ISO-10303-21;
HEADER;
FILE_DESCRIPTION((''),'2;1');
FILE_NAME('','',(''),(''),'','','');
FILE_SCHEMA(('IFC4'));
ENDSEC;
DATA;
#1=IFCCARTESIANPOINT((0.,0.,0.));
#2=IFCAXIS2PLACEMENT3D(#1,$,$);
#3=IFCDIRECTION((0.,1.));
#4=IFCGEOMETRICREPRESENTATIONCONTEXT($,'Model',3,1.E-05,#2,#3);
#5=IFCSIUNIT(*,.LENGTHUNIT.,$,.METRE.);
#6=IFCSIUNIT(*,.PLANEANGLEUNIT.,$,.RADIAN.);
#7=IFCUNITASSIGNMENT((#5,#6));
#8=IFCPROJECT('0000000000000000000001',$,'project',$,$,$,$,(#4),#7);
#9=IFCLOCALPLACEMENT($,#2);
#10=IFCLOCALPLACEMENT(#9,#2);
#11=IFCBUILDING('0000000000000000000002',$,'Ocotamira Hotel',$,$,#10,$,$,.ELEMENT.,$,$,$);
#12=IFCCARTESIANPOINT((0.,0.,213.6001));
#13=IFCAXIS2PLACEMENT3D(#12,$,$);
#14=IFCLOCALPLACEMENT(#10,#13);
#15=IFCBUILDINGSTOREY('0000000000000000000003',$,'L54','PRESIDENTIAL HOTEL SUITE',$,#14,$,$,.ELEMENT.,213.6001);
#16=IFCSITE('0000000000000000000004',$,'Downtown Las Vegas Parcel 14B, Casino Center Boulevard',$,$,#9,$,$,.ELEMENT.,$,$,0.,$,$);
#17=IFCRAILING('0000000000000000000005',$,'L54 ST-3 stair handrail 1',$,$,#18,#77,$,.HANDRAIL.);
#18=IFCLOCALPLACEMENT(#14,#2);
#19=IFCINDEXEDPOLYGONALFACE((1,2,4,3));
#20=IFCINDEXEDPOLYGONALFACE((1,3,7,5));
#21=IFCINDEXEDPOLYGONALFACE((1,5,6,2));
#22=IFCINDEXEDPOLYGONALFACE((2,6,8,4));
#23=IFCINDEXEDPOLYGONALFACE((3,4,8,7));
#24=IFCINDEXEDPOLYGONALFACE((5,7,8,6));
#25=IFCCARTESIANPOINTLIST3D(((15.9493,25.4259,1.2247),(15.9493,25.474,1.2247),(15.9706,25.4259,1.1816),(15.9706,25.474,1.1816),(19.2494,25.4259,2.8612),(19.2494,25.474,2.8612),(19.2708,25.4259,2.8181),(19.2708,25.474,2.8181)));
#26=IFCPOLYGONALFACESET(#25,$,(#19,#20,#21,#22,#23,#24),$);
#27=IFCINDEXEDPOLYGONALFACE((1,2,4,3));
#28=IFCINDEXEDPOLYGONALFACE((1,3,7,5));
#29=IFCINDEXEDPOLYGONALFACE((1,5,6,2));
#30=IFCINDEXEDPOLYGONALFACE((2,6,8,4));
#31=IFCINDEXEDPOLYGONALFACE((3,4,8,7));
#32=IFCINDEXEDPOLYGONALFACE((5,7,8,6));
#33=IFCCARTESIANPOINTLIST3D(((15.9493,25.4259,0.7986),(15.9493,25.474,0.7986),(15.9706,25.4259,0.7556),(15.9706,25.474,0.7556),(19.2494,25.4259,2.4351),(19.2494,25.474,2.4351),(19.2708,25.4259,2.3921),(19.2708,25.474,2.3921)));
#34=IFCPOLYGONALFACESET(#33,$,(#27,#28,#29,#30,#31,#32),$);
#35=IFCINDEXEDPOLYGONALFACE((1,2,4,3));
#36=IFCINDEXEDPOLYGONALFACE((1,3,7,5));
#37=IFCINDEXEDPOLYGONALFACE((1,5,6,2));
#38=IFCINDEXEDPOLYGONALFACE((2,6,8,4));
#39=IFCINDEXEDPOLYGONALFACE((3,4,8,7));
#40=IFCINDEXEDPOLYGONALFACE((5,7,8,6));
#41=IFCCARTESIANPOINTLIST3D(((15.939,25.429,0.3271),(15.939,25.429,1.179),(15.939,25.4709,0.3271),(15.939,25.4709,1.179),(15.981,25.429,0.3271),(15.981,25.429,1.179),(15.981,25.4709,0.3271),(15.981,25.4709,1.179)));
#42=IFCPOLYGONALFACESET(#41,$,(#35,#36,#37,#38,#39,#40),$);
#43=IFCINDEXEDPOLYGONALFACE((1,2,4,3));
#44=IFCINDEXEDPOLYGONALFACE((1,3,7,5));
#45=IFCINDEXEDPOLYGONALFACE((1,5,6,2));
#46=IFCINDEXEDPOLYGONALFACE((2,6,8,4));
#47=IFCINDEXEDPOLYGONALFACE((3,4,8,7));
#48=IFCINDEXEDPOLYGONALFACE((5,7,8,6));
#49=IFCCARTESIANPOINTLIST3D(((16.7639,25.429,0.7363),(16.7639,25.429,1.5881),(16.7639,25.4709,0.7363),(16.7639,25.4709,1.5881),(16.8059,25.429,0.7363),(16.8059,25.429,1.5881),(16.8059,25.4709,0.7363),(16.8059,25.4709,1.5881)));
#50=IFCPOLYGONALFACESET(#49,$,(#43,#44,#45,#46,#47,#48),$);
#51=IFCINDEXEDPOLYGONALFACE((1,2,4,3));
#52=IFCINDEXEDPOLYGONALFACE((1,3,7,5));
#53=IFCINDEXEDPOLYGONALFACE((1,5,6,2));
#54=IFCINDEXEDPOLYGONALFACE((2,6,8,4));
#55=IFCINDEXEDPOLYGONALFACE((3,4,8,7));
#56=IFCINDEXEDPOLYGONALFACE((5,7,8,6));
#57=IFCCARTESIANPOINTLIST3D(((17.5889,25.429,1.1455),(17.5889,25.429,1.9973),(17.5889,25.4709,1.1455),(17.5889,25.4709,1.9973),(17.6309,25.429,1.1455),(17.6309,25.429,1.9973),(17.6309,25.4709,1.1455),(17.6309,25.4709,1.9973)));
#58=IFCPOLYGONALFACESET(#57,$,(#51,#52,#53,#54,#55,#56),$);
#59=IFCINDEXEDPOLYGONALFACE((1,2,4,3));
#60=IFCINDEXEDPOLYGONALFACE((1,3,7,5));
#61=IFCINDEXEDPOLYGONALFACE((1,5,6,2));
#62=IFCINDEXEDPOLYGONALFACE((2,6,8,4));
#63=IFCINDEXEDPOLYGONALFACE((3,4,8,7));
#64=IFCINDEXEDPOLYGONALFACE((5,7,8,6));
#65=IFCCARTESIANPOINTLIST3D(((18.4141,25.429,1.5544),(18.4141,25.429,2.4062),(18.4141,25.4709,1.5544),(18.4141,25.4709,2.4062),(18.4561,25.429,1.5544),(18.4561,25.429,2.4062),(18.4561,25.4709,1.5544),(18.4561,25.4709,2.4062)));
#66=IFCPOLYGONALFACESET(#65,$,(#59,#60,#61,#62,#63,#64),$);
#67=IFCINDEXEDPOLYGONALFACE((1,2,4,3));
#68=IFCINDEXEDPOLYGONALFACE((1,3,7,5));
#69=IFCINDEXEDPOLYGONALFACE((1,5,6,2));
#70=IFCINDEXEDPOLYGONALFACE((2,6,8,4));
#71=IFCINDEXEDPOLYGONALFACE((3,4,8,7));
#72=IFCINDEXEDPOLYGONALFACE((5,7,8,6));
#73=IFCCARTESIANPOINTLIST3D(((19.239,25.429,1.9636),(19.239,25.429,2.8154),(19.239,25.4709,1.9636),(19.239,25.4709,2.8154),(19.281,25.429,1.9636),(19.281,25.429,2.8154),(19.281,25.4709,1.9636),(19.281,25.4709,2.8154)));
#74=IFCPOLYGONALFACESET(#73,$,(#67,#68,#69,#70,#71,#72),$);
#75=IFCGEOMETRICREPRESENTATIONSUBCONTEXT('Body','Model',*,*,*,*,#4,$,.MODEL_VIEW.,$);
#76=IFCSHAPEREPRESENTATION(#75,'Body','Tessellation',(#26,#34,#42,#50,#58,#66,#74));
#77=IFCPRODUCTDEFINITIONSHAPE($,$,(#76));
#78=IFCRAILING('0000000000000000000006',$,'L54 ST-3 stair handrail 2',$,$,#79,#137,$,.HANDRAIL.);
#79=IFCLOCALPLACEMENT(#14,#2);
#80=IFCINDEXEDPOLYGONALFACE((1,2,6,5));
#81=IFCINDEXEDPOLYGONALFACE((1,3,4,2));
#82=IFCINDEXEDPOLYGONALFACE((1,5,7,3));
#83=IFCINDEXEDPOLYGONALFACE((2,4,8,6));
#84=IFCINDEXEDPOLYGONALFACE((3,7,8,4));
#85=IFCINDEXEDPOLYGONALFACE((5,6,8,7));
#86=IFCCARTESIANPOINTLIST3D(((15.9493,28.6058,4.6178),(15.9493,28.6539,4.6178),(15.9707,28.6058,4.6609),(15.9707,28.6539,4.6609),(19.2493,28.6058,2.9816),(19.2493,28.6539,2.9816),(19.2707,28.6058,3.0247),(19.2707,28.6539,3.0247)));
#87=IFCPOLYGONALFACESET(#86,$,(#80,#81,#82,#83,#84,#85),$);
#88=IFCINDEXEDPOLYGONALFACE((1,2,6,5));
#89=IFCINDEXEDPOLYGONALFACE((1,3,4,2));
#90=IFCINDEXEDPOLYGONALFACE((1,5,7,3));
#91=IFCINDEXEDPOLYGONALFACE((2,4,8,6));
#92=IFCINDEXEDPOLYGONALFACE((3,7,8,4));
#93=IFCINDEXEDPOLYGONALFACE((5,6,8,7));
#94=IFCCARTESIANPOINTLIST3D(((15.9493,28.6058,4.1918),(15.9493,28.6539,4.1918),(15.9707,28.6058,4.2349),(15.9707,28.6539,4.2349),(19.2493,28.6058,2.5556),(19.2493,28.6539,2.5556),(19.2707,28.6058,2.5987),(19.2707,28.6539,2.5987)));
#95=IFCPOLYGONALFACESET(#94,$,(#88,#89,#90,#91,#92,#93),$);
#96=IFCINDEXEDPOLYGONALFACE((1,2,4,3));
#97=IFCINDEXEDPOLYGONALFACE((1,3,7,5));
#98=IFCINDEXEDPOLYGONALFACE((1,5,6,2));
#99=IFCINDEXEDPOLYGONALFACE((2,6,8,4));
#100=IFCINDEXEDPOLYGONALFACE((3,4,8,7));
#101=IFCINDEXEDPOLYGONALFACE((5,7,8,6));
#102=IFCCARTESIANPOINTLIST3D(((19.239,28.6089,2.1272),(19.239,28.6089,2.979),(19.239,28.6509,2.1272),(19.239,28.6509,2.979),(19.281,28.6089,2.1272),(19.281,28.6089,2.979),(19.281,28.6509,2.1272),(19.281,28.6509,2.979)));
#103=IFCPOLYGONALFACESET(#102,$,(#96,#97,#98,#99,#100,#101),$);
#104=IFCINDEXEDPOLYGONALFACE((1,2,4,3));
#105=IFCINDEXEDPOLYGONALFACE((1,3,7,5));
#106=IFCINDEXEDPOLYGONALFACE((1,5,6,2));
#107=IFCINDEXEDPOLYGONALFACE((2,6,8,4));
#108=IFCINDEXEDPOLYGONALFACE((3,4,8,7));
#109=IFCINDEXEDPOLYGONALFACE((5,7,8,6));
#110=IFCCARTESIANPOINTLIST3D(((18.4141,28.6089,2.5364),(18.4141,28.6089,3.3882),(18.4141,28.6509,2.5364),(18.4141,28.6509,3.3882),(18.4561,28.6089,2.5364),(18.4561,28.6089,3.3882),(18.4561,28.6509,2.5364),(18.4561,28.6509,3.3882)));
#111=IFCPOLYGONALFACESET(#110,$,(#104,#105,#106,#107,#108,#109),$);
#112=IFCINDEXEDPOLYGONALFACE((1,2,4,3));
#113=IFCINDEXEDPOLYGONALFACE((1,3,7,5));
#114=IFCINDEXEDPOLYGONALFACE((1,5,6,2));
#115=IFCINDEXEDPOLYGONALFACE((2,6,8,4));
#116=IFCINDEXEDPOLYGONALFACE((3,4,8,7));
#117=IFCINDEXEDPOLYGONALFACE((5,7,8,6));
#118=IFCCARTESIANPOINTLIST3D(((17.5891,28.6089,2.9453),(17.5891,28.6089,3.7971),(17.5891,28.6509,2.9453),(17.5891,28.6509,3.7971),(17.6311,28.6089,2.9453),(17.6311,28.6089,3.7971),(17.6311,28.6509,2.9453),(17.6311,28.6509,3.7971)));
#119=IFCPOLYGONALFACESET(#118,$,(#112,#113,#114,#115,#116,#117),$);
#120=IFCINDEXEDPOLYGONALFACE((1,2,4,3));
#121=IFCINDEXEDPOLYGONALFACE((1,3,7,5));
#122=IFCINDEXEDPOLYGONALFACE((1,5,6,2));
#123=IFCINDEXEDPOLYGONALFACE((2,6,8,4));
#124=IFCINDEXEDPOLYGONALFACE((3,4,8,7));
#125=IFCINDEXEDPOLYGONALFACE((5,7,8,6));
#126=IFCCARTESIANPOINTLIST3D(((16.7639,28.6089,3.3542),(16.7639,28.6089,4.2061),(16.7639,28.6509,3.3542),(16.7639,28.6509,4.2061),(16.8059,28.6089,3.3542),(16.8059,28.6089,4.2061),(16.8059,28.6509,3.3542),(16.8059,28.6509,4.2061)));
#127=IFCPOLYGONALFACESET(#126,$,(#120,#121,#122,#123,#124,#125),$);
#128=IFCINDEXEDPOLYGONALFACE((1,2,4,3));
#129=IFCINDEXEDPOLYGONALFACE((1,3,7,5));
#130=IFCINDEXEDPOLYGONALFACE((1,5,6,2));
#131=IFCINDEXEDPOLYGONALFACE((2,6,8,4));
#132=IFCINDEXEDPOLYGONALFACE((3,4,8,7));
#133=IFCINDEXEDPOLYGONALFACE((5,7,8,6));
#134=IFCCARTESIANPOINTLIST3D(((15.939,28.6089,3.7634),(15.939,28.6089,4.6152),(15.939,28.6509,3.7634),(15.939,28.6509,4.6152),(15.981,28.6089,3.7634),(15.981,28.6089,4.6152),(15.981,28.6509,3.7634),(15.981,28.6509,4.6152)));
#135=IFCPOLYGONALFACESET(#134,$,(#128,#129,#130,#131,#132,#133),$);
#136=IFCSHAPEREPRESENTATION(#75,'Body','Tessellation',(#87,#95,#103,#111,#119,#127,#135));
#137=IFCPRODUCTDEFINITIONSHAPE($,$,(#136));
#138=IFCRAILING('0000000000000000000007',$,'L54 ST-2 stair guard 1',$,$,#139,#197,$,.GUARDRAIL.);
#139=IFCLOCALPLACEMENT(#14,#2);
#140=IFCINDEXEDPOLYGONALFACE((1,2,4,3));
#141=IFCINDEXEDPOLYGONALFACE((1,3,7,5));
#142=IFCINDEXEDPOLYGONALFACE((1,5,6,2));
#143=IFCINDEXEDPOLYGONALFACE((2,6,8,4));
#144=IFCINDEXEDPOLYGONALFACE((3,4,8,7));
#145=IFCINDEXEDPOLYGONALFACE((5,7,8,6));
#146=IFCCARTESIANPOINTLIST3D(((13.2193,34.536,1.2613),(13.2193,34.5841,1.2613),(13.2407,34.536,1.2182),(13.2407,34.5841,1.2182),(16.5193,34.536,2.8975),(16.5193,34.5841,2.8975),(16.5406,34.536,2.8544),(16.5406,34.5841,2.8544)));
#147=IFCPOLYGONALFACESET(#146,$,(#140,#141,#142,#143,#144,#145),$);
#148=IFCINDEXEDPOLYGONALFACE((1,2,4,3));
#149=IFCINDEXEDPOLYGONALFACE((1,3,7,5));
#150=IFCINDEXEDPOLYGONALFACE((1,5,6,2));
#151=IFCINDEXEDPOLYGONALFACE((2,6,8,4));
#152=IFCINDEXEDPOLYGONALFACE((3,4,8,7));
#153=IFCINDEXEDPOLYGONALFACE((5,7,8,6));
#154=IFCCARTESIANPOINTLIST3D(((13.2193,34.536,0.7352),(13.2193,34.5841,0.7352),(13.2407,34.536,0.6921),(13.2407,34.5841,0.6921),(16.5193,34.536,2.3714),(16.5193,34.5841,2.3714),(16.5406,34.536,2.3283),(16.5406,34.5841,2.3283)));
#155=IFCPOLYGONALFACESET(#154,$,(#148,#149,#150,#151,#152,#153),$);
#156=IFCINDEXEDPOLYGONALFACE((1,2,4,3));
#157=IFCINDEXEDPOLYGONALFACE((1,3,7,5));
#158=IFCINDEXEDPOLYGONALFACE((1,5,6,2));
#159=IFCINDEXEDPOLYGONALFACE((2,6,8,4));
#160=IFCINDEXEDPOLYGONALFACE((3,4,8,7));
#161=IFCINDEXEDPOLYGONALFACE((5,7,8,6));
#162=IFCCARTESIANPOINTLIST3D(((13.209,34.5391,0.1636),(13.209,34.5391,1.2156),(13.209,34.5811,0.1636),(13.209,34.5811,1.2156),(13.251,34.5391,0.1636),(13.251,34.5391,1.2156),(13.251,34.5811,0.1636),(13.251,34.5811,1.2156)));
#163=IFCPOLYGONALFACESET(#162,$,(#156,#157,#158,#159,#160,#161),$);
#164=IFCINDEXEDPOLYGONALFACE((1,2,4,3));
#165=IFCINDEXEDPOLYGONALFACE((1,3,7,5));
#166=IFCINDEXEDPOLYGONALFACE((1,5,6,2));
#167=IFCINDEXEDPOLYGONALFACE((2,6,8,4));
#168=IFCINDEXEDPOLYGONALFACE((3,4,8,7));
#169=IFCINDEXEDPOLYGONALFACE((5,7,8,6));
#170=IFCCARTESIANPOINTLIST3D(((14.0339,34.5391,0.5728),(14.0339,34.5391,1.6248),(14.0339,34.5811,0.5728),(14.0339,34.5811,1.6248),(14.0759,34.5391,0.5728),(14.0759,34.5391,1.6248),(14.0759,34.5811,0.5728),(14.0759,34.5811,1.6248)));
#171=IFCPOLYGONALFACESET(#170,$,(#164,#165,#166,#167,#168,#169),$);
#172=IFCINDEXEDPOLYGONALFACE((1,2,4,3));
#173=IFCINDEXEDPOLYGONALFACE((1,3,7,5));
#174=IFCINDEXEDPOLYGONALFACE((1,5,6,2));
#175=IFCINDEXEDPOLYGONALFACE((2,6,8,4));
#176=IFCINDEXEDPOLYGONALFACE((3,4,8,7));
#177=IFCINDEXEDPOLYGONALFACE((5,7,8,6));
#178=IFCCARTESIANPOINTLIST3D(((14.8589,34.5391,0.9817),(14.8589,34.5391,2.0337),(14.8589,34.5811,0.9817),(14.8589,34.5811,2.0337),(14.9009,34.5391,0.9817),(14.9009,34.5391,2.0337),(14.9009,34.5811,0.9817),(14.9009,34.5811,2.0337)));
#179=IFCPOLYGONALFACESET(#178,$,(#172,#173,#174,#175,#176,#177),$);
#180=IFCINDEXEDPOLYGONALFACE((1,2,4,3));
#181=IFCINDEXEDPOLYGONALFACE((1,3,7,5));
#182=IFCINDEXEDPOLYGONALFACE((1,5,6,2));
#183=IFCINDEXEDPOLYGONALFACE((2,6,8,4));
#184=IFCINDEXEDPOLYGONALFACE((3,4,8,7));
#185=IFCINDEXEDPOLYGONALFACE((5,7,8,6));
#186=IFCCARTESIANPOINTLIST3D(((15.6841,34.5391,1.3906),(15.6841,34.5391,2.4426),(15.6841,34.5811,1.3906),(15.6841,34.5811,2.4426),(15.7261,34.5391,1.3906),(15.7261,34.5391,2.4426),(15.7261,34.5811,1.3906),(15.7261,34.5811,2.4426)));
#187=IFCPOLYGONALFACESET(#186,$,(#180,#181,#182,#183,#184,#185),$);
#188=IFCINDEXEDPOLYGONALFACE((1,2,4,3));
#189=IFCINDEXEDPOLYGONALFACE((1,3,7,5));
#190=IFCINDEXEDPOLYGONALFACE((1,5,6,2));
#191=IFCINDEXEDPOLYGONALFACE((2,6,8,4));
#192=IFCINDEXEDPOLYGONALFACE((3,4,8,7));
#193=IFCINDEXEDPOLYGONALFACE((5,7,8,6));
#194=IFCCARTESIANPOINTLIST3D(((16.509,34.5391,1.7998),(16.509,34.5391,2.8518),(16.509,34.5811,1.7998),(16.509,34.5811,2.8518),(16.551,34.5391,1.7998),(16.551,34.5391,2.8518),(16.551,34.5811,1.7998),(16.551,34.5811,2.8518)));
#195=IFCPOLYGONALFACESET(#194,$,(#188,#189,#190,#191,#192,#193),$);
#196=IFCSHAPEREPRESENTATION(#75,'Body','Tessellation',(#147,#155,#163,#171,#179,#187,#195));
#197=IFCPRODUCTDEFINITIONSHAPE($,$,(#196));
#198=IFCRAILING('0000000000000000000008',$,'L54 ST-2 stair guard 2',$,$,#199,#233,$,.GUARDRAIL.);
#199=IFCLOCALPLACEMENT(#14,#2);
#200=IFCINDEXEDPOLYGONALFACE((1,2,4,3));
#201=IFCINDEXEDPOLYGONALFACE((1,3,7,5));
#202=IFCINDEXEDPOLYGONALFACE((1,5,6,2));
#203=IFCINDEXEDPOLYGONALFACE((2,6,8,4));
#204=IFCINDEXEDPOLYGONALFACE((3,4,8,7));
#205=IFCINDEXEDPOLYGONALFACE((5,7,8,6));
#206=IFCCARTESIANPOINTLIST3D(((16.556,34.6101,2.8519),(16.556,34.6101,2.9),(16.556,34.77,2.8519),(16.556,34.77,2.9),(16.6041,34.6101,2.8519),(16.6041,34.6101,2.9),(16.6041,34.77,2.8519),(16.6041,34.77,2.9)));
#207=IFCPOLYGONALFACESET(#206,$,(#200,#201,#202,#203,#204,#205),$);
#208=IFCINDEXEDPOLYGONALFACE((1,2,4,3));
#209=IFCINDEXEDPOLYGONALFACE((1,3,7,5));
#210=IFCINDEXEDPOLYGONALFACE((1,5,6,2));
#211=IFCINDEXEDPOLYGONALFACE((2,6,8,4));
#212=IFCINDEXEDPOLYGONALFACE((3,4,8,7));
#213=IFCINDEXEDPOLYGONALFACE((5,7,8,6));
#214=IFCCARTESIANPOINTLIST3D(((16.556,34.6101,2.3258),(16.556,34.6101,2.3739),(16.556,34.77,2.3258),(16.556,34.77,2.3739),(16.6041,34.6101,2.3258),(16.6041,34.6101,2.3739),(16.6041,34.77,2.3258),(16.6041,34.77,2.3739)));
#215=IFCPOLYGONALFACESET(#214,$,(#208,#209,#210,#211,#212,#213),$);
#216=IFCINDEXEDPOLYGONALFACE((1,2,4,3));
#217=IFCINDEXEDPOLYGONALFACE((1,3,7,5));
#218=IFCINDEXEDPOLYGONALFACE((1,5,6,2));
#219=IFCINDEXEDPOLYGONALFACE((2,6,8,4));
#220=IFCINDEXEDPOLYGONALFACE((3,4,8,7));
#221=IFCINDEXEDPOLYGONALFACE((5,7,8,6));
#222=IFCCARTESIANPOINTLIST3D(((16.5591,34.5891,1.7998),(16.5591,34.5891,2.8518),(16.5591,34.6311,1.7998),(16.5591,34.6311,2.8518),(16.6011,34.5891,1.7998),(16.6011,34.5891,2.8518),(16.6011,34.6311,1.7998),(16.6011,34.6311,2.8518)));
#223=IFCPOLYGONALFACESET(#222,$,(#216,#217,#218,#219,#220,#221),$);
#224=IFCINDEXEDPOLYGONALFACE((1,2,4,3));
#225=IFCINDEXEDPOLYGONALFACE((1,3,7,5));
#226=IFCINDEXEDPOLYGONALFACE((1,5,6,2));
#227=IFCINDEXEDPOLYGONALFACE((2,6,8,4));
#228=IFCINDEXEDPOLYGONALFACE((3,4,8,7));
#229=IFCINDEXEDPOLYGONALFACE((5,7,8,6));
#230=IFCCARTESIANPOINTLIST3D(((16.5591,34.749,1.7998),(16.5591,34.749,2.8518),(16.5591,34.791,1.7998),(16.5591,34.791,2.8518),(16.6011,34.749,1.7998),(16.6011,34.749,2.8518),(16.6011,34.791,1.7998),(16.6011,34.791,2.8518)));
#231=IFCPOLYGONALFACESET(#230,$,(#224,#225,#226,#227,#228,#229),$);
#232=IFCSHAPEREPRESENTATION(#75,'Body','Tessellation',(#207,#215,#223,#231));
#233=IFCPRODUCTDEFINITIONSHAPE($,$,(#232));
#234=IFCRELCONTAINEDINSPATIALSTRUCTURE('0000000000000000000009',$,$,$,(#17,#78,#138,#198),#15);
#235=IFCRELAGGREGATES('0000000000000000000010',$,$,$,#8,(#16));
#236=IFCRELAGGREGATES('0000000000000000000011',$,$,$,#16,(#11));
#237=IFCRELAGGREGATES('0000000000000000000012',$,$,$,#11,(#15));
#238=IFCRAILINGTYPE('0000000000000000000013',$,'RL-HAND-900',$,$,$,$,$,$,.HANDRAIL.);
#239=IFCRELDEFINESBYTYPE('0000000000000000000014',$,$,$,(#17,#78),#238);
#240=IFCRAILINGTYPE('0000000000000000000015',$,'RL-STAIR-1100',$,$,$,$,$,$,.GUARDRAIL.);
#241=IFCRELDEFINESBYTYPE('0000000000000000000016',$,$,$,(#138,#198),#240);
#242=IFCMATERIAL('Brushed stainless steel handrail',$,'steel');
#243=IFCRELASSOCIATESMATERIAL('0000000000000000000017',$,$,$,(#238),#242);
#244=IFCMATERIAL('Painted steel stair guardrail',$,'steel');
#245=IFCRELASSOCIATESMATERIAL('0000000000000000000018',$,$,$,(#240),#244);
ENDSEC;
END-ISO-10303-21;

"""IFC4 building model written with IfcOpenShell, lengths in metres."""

from ifc_helpers import new_model, si_unit, direction, frame, origin, origin_2d, place, context, subcontext, project, spatial, rectangle, extrude, material, type_object, element, save


model = new_model("IFC4")

# Units and contexts
model_context = context("Model", 3, precision=1e-05, world=origin(), true_north=direction((0.0, 1.0)))
body_context = subcontext(model_context, "Body", "Model", "MODEL_VIEW")
ifc_project = project(units=[si_unit("LENGTHUNIT", "METRE"), si_unit("PLANEANGLEUNIT", "RADIAN")], contexts=[model_context])

# Site, building, storey
site_placement = place(None, origin())
site = spatial("IfcSite", under=ifc_project, at=site_placement, Name="Downtown Las Vegas Parcel 14B, Casino Center Boulevard", CompositionType="ELEMENT", RefElevation=0.0)
building_placement = place(site_placement, origin())
building = spatial("IfcBuilding", under=site, at=building_placement, Name="Ocotamira Hotel", CompositionType="ELEMENT")
storey_placement = place(building_placement, frame((0.0, 0.0, 213.6001)))
storey = spatial("IfcBuildingStorey", under=building, at=storey_placement, Name="L54", Description="PRESIDENTIAL HOTEL SUITE", CompositionType="ELEMENT", Elevation=213.6001)

# Railings
ifc_material_1 = material(Name="Painted steel stair guardrail", Category="steel")
ifc_material_2 = material(Name="Brushed stainless steel handrail", Category="steel")
railing_type_1 = type_object("IfcRailingType", Name="RL-HAND-900", PredefinedType="HANDRAIL", material=ifc_material_2)
for number, where, name in (
    (1, (15.96, 25.45, 0.3271), "L54 ST-3 stair handrail 1"),
):
    element("IfcRailing", number, at=place(storey_placement, frame(where)), inside=storey, type_object=railing_type_1, Name=name, PredefinedType="HANDRAIL", context=body_context, shape_type="SweptSolid", body=[
        extrude(rectangle(XDim=0.0481, YDim=0.0481, at=origin_2d()), frame((0.0, 0.0, 0.876), z_axis=(0.895894, 0.0, 0.444268), x_axis=(0.0, 1.0, 0.0)), (0.0, 0.0, 1.0), 3.6836),
        extrude(rectangle(XDim=0.0481, YDim=0.0481, at=origin_2d()), frame((0.0, 0.0, 0.45), z_axis=(0.895894, 0.0, 0.444268), x_axis=(0.0, 1.0, 0.0)), (0.0, 0.0, 1.0), 3.6836),
        extrude(rectangle(XDim=0.042, YDim=0.042, at=origin_2d()), origin(), (0.0, 0.0, 1.0), 0.8518),
        extrude(rectangle(XDim=0.042, YDim=0.042, at=origin_2d()), frame((0.825, 0.0, 0.4092)), (0.0, 0.0, 1.0), 0.8518),
        extrude(rectangle(XDim=0.042, YDim=0.042, at=origin_2d()), frame((1.6499, 0.0, 0.8184)), (0.0, 0.0, 1.0), 0.8518),
        extrude(rectangle(XDim=0.042, YDim=0.042, at=origin_2d()), frame((2.4751, 0.0, 1.2273)), (0.0, 0.0, 1.0), 0.8518),
        extrude(rectangle(XDim=0.042, YDim=0.042, at=origin_2d()), frame((3.3, 0.0, 1.6365)), (0.0, 0.0, 1.0), 0.8518),
    ])
railing_1_placement = place(storey_placement, frame((19.26, 28.6299, 2.1272)))
element("IfcRailing", 2, at=railing_1_placement, inside=storey, type_object=railing_type_1, Name="L54 ST-3 stair handrail 2", PredefinedType="HANDRAIL", context=body_context, shape_type="SweptSolid", body=[
    extrude(rectangle(XDim=0.0481, YDim=0.0481, at=origin_2d()), frame((0.0, 0.0, 0.876), z_axis=(-0.89592, 0.0, 0.444215), x_axis=(0.0, -1.0, 0.0)), (0.0, 0.0, 1.0), 3.6833),
    extrude(rectangle(XDim=0.0481, YDim=0.0481, at=origin_2d()), frame((0.0, 0.0, 0.45), z_axis=(-0.89592, 0.0, 0.444215), x_axis=(0.0, -1.0, 0.0)), (0.0, 0.0, 1.0), 3.6833),
    extrude(rectangle(XDim=0.042, YDim=0.042, at=origin_2d()), origin(), (0.0, 0.0, 1.0), 0.8518),
    extrude(rectangle(XDim=0.042, YDim=0.042, at=origin_2d()), frame((-0.825, 0.0, 0.4092)), (0.0, 0.0, 1.0), 0.8518),
    extrude(rectangle(XDim=0.042, YDim=0.042, at=origin_2d()), frame((-1.6499, 0.0, 0.8181)), (0.0, 0.0, 1.0), 0.8518),
    extrude(rectangle(XDim=0.042, YDim=0.042, at=origin_2d()), frame((-2.4751, 0.0, 1.2271)), (0.0, 0.0, 1.0), 0.8518),
    extrude(rectangle(XDim=0.042, YDim=0.042, at=origin_2d()), frame((-3.3, 0.0, 1.6362)), (0.0, 0.0, 1.0), 0.8518),
])
railing_type_2 = type_object("IfcRailingType", Name="RL-STAIR-1100", PredefinedType="GUARDRAIL", material=ifc_material_1)
railing_2_placement = place(storey_placement, frame((13.23, 34.5601, 0.1636)))
element("IfcRailing", 3, at=railing_2_placement, inside=storey, type_object=railing_type_2, Name="L54 ST-2 stair guard 1", PredefinedType="GUARDRAIL", context=body_context, shape_type="SweptSolid", body=[
    extrude(rectangle(XDim=0.0481, YDim=0.0481, at=origin_2d()), frame((0.0, 0.0, 1.0762), z_axis=(0.89592, 0.0, 0.444215), x_axis=(0.0, 1.0, 0.0)), (0.0, 0.0, 1.0), 3.6833),
    extrude(rectangle(XDim=0.0481, YDim=0.0481, at=origin_2d()), frame((0.0, 0.0, 0.55), z_axis=(0.89592, 0.0, 0.444215), x_axis=(0.0, 1.0, 0.0)), (0.0, 0.0, 1.0), 3.6833),
    extrude(rectangle(XDim=0.042, YDim=0.042, at=origin_2d()), origin(), (0.0, 0.0, 1.0), 1.052),
    extrude(rectangle(XDim=0.042, YDim=0.042, at=origin_2d()), frame((0.825, 0.0, 0.4092)), (0.0, 0.0, 1.0), 1.052),
    extrude(rectangle(XDim=0.042, YDim=0.042, at=origin_2d()), frame((1.6499, 0.0, 0.8181)), (0.0, 0.0, 1.0), 1.052),
    extrude(rectangle(XDim=0.042, YDim=0.042, at=origin_2d()), frame((2.4751, 0.0, 1.2271)), (0.0, 0.0, 1.0), 1.052),
    extrude(rectangle(XDim=0.042, YDim=0.042, at=origin_2d()), frame((3.3, 0.0, 1.6362)), (0.0, 0.0, 1.0), 1.052),
])
railing_3_placement = place(storey_placement, frame((16.5801, 34.6101, 1.7998)))
element("IfcRailing", 4, at=railing_3_placement, inside=storey, type_object=railing_type_2, Name="L54 ST-2 stair guard 2", PredefinedType="GUARDRAIL", context=body_context, shape_type="SweptSolid", body=[
    extrude(rectangle(XDim=0.0481, YDim=0.0481, at=origin_2d()), frame((0.0, 0.0, 1.0762), z_axis=(0.0, 1.0, 0.0), x_axis=(-1.0, 0.0, 0.0)), (0.0, 0.0, 1.0), 0.1599),
    extrude(rectangle(XDim=0.0481, YDim=0.0481, at=origin_2d()), frame((0.0, 0.0, 0.55), z_axis=(0.0, 1.0, 0.0), x_axis=(-1.0, 0.0, 0.0)), (0.0, 0.0, 1.0), 0.1599),
    extrude(rectangle(XDim=0.042, YDim=0.042, at=origin_2d()), origin(), (0.0, 0.0, 1.0), 1.052),
    extrude(rectangle(XDim=0.042, YDim=0.042, at=origin_2d()), frame((0.0, 0.1599, 0.0)), (0.0, 0.0, 1.0), 1.052),
])

save(model, "model.ifc")
